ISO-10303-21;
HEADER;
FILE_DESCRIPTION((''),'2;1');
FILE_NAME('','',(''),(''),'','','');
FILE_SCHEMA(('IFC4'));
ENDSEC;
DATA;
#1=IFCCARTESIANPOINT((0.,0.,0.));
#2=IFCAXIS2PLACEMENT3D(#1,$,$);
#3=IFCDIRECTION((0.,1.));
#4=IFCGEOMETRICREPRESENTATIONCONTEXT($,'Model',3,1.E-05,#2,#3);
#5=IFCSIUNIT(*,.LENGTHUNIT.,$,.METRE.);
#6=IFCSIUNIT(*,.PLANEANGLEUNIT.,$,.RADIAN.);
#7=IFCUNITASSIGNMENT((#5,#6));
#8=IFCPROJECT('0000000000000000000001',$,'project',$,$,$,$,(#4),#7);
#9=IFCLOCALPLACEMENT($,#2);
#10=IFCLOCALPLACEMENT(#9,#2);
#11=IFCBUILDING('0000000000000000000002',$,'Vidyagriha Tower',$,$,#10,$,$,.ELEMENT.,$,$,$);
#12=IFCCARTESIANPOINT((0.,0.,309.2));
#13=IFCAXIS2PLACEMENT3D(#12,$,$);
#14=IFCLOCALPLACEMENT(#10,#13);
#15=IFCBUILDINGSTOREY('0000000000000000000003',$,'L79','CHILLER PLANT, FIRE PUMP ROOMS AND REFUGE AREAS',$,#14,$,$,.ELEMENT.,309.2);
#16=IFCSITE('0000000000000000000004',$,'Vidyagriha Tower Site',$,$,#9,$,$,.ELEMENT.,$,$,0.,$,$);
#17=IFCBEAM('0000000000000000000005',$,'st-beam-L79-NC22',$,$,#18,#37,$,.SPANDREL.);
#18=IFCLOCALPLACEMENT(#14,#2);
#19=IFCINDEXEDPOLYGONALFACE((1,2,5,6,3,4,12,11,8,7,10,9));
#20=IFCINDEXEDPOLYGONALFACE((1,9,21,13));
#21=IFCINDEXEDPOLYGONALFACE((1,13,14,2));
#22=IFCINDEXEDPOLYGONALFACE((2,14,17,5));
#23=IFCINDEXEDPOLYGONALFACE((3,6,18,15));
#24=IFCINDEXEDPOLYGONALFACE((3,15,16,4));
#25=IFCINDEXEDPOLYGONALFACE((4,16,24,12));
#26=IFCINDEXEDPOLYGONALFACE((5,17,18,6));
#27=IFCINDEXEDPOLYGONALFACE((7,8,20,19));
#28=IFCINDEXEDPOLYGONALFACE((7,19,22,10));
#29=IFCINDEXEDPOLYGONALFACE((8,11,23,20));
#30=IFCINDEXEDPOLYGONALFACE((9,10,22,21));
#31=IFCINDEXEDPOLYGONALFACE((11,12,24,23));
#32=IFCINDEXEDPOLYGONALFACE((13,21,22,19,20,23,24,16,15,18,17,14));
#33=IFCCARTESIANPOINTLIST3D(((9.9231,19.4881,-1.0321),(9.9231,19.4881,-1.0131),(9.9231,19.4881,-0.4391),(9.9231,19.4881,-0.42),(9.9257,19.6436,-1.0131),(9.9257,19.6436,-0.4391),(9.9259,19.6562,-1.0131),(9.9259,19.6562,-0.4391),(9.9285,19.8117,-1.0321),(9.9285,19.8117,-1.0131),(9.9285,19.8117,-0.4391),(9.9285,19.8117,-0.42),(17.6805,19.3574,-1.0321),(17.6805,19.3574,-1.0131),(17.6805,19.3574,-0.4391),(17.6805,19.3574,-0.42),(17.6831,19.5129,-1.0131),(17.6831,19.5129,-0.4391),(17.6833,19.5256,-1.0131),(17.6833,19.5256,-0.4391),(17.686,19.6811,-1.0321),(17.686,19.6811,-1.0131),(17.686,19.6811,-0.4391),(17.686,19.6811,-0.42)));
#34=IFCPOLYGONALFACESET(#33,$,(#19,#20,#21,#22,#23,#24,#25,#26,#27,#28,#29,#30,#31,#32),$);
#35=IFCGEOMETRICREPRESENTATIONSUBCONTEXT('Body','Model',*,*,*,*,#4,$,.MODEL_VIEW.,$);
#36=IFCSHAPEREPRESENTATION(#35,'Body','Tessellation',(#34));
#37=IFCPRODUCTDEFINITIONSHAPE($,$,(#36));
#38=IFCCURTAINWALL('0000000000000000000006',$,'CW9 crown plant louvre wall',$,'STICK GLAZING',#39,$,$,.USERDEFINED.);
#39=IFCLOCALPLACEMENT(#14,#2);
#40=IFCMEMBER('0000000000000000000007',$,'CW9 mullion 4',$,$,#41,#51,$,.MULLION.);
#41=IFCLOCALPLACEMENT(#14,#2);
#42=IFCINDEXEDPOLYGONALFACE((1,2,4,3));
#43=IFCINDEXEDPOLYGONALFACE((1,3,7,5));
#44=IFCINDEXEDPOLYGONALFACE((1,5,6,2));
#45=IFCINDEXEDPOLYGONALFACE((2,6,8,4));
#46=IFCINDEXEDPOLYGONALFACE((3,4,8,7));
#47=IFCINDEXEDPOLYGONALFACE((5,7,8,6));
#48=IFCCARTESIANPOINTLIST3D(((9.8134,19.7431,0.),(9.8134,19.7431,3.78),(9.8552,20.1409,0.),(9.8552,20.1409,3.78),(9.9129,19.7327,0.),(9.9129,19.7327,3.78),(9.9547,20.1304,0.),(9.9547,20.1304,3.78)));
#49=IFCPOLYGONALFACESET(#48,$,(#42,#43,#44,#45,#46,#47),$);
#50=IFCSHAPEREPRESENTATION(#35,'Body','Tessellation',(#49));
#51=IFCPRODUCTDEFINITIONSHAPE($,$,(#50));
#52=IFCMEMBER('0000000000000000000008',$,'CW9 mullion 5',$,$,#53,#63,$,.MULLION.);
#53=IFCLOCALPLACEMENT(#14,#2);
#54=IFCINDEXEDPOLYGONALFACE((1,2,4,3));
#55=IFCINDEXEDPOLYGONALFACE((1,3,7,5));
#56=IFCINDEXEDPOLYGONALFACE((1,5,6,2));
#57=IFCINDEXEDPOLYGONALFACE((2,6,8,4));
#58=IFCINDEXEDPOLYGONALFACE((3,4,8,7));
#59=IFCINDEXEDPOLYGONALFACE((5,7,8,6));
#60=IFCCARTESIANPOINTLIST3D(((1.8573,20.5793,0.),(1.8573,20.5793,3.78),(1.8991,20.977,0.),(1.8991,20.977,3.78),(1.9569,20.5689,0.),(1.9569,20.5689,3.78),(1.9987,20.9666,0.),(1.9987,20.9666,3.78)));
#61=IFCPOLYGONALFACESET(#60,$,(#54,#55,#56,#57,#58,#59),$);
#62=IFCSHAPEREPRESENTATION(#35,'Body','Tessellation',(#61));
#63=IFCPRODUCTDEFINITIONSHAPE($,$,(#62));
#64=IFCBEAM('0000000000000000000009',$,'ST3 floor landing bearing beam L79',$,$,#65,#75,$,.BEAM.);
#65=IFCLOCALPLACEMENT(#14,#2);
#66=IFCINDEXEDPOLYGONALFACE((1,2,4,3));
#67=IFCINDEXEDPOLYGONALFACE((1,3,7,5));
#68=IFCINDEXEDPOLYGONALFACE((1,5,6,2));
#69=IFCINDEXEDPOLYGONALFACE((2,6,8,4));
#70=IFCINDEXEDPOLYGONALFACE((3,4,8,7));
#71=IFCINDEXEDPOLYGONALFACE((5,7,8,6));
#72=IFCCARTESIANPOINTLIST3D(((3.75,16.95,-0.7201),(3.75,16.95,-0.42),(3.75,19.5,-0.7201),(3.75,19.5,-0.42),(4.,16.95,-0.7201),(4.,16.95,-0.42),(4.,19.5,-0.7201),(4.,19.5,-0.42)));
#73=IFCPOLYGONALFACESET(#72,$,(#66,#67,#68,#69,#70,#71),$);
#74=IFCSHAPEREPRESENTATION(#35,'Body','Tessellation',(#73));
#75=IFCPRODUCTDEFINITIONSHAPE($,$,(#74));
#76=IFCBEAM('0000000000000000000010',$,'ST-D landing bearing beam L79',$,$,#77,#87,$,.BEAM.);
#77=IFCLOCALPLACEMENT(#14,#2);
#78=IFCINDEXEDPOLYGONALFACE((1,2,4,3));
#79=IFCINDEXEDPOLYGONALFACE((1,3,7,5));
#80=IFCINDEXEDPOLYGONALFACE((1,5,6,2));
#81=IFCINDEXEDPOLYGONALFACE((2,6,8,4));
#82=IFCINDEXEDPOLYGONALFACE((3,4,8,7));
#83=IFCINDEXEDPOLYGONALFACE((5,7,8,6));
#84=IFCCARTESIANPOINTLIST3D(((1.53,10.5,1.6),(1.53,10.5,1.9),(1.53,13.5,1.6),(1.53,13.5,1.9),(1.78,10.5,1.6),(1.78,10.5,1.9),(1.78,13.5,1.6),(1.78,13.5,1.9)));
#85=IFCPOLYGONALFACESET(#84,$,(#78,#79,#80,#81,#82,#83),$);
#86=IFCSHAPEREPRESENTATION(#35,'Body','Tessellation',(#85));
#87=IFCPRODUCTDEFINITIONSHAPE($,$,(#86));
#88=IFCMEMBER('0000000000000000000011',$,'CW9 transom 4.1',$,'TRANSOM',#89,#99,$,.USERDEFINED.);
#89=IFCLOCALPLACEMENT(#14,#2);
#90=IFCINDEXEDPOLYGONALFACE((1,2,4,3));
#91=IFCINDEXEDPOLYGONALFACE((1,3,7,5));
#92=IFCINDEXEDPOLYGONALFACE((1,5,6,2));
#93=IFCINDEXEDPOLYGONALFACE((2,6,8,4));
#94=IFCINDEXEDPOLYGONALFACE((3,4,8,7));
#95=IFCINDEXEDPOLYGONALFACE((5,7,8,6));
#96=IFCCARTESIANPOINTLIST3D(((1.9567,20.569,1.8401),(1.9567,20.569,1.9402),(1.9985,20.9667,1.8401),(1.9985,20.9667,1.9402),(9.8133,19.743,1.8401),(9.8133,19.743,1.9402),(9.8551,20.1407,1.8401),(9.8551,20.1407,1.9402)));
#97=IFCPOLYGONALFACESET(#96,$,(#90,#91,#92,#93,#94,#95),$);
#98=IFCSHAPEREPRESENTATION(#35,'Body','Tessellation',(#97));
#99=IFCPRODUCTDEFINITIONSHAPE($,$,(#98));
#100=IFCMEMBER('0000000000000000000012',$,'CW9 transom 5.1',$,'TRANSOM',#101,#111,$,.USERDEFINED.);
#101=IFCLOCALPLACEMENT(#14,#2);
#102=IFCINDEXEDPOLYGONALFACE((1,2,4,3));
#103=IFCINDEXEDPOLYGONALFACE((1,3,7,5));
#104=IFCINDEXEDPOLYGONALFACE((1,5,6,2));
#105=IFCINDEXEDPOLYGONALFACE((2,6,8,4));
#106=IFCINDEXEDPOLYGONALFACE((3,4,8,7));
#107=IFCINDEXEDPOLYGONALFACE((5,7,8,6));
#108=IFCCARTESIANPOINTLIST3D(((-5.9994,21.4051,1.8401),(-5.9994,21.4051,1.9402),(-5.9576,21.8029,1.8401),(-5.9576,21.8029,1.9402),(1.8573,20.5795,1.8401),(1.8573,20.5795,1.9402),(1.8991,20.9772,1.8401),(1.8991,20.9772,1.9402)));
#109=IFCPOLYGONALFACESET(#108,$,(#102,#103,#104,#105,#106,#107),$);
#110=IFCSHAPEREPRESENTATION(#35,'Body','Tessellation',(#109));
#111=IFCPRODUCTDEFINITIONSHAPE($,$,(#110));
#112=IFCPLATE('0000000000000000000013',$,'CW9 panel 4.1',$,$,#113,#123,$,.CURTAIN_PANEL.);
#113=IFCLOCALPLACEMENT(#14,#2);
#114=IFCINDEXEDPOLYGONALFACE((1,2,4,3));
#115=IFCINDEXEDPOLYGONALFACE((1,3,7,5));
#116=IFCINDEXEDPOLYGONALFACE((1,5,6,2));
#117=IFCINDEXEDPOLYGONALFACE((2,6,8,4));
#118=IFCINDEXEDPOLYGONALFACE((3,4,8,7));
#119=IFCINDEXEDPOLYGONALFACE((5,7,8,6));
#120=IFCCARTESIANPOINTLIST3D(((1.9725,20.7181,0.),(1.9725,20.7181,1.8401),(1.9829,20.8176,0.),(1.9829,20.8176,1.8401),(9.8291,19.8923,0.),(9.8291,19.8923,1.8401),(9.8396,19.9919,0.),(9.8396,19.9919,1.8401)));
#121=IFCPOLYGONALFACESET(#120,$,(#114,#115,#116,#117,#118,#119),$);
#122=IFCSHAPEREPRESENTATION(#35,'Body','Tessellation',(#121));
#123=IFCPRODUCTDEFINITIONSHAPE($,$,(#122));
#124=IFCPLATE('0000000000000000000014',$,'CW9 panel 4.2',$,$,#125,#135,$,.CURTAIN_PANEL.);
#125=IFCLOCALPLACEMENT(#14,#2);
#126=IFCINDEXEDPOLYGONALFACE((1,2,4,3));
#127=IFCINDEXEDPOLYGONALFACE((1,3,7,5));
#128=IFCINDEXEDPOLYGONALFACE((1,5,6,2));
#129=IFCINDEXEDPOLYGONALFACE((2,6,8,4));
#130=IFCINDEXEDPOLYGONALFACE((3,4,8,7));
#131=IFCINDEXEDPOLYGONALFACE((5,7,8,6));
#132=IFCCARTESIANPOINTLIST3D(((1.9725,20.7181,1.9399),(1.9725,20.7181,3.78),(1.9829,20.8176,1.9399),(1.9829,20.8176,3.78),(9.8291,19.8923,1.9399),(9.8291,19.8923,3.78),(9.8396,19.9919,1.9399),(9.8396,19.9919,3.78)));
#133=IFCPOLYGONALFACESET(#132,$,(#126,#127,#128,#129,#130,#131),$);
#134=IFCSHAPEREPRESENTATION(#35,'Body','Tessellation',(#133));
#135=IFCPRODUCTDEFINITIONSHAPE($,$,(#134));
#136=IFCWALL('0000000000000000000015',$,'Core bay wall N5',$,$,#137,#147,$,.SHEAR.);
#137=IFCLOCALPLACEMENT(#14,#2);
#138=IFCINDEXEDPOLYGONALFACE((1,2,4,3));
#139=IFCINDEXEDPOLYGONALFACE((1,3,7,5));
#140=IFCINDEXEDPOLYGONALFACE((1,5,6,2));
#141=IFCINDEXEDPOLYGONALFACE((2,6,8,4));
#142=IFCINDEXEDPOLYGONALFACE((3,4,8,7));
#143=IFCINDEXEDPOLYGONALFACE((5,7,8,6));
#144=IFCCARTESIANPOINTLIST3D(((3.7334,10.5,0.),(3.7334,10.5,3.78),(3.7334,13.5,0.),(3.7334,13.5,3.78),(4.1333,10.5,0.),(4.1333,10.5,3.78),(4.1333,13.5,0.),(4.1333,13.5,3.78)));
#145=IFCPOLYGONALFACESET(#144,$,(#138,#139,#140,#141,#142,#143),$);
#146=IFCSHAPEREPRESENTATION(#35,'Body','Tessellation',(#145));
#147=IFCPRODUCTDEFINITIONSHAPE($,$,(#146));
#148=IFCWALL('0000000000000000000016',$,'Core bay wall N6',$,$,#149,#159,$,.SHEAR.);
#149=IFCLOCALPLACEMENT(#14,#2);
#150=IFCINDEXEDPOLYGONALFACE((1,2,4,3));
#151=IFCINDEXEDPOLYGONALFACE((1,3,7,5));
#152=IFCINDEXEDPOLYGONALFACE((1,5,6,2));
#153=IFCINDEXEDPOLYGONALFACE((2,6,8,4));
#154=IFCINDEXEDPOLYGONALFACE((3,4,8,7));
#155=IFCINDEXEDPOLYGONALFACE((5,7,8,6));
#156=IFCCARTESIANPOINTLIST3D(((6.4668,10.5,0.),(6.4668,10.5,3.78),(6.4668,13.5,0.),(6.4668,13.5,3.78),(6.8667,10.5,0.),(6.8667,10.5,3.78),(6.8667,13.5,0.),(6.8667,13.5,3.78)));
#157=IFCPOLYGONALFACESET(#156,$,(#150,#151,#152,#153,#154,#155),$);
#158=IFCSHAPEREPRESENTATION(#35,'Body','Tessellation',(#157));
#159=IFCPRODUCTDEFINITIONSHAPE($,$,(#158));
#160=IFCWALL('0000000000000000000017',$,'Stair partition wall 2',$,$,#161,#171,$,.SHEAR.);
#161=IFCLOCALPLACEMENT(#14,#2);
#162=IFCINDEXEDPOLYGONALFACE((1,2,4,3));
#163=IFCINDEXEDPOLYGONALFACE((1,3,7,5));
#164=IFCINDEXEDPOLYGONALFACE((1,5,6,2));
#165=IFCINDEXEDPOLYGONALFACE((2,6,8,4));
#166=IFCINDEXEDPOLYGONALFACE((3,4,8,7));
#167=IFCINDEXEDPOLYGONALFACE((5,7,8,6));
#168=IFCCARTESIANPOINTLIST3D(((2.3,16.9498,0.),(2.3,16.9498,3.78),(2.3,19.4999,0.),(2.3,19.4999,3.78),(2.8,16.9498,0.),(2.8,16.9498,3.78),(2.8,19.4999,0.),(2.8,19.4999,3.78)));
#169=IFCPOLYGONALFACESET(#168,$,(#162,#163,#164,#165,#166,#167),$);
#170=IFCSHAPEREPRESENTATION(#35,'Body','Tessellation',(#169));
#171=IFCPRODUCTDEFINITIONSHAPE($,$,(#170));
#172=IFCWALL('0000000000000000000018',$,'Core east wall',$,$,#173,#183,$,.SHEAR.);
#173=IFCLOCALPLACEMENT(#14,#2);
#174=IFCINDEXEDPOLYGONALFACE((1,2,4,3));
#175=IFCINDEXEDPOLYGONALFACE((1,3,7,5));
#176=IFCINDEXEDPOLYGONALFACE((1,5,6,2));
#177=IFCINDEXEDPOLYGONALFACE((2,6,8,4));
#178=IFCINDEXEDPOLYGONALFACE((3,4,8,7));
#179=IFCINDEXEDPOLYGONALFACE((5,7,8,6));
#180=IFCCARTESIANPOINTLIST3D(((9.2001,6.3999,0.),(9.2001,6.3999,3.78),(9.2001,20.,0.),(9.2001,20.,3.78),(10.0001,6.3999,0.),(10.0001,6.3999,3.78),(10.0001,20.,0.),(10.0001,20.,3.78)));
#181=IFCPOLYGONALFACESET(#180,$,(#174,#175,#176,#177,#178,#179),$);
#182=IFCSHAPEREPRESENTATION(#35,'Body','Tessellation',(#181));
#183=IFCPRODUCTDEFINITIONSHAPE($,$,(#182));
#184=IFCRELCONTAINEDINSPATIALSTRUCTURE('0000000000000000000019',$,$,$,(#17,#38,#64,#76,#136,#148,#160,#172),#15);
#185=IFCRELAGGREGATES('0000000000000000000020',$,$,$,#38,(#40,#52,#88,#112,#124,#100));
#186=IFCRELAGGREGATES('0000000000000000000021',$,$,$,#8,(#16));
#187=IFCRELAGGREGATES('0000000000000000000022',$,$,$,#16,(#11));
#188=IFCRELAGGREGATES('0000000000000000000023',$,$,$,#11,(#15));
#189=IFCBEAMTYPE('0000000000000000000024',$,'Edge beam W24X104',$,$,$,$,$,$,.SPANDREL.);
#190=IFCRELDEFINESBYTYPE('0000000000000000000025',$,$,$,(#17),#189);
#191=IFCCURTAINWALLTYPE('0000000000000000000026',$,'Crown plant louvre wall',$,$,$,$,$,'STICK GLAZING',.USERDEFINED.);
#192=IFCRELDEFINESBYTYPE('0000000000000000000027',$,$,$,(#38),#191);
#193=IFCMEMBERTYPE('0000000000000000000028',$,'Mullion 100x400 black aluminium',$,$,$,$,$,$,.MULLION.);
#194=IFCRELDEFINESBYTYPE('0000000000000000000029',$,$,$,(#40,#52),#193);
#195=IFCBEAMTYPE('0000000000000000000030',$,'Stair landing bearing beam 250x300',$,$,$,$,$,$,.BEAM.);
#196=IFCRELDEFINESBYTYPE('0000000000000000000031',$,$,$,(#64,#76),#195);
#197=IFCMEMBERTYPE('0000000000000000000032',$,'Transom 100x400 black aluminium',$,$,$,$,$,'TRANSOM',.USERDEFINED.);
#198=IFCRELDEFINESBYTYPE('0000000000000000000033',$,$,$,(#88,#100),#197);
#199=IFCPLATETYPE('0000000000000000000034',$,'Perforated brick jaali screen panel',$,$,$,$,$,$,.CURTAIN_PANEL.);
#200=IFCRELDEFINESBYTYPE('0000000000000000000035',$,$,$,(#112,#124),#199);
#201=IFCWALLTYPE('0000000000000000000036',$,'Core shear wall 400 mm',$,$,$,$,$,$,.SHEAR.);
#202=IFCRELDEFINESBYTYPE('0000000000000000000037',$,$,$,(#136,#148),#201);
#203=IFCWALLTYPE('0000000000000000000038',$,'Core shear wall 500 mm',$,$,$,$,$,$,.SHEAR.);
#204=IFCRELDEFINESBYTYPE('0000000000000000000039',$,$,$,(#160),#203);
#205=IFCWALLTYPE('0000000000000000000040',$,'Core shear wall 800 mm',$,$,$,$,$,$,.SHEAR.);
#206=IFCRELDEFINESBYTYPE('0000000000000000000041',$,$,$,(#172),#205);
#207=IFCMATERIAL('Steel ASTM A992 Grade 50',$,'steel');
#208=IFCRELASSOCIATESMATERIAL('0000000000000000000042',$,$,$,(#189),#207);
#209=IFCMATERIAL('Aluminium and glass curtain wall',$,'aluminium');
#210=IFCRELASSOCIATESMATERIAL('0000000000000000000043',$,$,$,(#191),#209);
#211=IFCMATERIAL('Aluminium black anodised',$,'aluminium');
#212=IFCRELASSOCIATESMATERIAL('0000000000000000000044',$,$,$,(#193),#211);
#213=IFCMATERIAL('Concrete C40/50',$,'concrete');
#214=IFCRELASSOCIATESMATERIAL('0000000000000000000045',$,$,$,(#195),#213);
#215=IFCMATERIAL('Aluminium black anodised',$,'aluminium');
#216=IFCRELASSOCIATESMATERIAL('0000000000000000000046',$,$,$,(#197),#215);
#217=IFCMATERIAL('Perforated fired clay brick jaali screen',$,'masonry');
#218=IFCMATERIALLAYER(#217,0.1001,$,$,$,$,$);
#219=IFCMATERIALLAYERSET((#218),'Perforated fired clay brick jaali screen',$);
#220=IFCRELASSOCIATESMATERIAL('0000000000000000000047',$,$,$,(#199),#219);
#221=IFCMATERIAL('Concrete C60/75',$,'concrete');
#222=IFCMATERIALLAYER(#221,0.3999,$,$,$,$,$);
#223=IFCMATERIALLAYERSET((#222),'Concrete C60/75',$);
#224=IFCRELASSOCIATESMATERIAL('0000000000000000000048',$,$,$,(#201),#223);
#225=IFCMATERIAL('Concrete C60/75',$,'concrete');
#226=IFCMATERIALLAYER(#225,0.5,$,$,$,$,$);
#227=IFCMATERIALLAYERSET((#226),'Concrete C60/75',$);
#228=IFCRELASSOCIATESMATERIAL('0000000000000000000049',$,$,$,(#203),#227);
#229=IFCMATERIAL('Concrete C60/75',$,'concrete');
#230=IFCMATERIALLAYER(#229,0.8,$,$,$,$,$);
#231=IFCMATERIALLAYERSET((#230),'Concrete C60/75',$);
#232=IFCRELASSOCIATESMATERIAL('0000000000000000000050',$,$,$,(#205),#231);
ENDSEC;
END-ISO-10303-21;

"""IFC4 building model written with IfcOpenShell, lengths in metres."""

from ifc_helpers import new_model, si_unit, direction, frame, frame_2d, origin, origin_2d, place, context, subcontext, project, spatial, rectangle, i_section, extrude, material, layer, layer_set, material_profile, profile_set, type_object, element, aggregate, save


model = new_model("IFC4")

# Units and contexts
model_context = context("Model", 3, precision=1e-05, world=origin(), true_north=direction((0.0, 1.0)))
body_context = subcontext(model_context, "Body", "Model", "MODEL_VIEW")
ifc_project = project(units=[si_unit("LENGTHUNIT", "METRE"), si_unit("PLANEANGLEUNIT", "RADIAN")], contexts=[model_context])

# Site, building, storey
site_placement = place(None, origin())
site = spatial("IfcSite", under=ifc_project, at=site_placement, Name="Vidyagriha Tower Site", CompositionType="ELEMENT", RefElevation=0.0)
building_placement = place(site_placement, origin())
building = spatial("IfcBuilding", under=site, at=building_placement, Name="Vidyagriha Tower", CompositionType="ELEMENT")
storey_placement = place(building_placement, frame((0.0, 0.0, 309.2)))
storey = spatial("IfcBuildingStorey", under=building, at=storey_placement, Name="L79", Description="CHILLER PLANT, FIRE PUMP ROOMS AND REFUGE AREAS", CompositionType="ELEMENT", Elevation=309.2)

# Beam
ifc_material_1 = material(Name="Steel ASTM A992 Grade 50", Category="steel")
ifc_material_profile_1 = material_profile(ifc_material_1, i_section(OverallWidth=0.3237, OverallDepth=0.6121, WebThickness=0.0127, FlangeThickness=0.019, at=origin_2d()), Name="W24X104")
ifc_profile_set_1 = profile_set([ifc_material_profile_1], Name="Steel ASTM A992 Grade 50")
beam_type_1 = type_object("IfcBeamType", Name="Edge beam W24X104", PredefinedType="SPANDREL", material=ifc_profile_set_1)
beam_1_placement = place(storey_placement, frame((9.9258, 19.6499, -0.7261), z_axis=(0.999858, -0.016835, 0.0), x_axis=(0.016835, 0.999858, 0.0)))
element("IfcBeam", 1, at=beam_1_placement, inside=storey, type_object=beam_type_1, Name="st-beam-L79-NC22", PredefinedType="SPANDREL", context=body_context, shape_type="SweptSolid", body=[
    extrude(i_section(OverallWidth=0.3237, OverallDepth=0.6121, WebThickness=0.0127, FlangeThickness=0.019, at=origin_2d()), origin(), (0.0, 0.0, 1.0), 7.7585),
])

# Curtain wall, members
ifc_material_2 = material(Name="Aluminium and glass curtain wall", Category="aluminium")
curtain_wall_type = type_object("IfcCurtainWallType", Name="Crown plant louvre wall", ElementType="STICK GLAZING", PredefinedType="USERDEFINED", material=ifc_material_2)
curtain_wall_placement = place(storey_placement, origin())
curtain_wall = element("IfcCurtainWall", 2, at=curtain_wall_placement, inside=storey, type_object=curtain_wall_type, Name="CW9 crown plant louvre wall", ObjectType="STICK GLAZING", PredefinedType="USERDEFINED")
ifc_material_3 = material(Name="Aluminium black anodised", Category="aluminium")
ifc_material_profile_2 = material_profile(ifc_material_3, rectangle(XDim=0.3999, YDim=0.1001, at=origin_2d()), Name="Mullion 100x400 black aluminium")
ifc_profile_set_2 = profile_set([ifc_material_profile_2], Name="Aluminium black anodised")
member_type_1 = type_object("IfcMemberType", Name="Mullion 100x400 black aluminium", PredefinedType="MULLION", material=ifc_profile_set_2)
member_1_placement = place(storey_placement, frame((9.884, 19.9368, 0.0), z_axis=(0.0, 0.0, 1.0), x_axis=(-0.104528, -0.994522, 0.0)))
member_1 = element("IfcMember", 3, at=member_1_placement, type_object=member_type_1, Name="CW9 mullion 4", PredefinedType="MULLION", context=body_context, shape_type="SweptSolid", body=[
    extrude(rectangle(XDim=0.3999, YDim=0.1001, at=origin_2d()), origin(), (0.0, 0.0, 1.0), 3.78),
])
member_2_placement = place(storey_placement, frame((1.928, 20.7729, 0.0), z_axis=(0.0, 0.0, 1.0), x_axis=(-0.104528, -0.994522, 0.0)))
member_2 = element("IfcMember", 4, at=member_2_placement, type_object=member_type_1, Name="CW9 mullion 5", PredefinedType="MULLION", context=body_context, shape_type="SweptSolid", body=[
    extrude(rectangle(XDim=0.3999, YDim=0.1001, at=origin_2d()), origin(), (0.0, 0.0, 1.0), 3.78),
])

# Beams
ifc_material_4 = material(Name="Concrete C40/50", Category="concrete")
ifc_material_profile_3 = material_profile(ifc_material_4, rectangle(XDim=0.25, YDim=0.3, at=origin_2d()), Name="Stair landing bearing beam 250x300")
ifc_profile_set_3 = profile_set([ifc_material_profile_3], Name="Concrete C40/50")
beam_type_2 = type_object("IfcBeamType", Name="Stair landing bearing beam 250x300", PredefinedType="BEAM", material=ifc_profile_set_3)
beam_2_placement = place(storey_placement, frame((3.875, 16.95, -0.5701), z_axis=(0.0, 1.0, 0.0), x_axis=(-1.0, 0.0, 0.0)))
element("IfcBeam", 5, at=beam_2_placement, inside=storey, type_object=beam_type_2, Name="ST3 floor landing bearing beam L79", PredefinedType="BEAM", context=body_context, shape_type="SweptSolid", body=[
    extrude(rectangle(XDim=0.25, YDim=0.3, at=origin_2d()), origin(), (0.0, 0.0, 1.0), 2.55),
])
beam_3_placement = place(storey_placement, frame((1.655, 10.5, 1.75), z_axis=(0.0, 1.0, 0.0), x_axis=(-1.0, 0.0, 0.0)))
element("IfcBeam", 6, at=beam_3_placement, inside=storey, type_object=beam_type_2, Name="ST-D landing bearing beam L79", PredefinedType="BEAM", context=body_context, shape_type="SweptSolid", body=[
    extrude(rectangle(XDim=0.25, YDim=0.3, at=origin_2d()), origin(), (0.0, 0.0, 1.0), 3.0),
])

# Members
ifc_material_5 = material(Name="Aluminium black anodised", Category="aluminium")
ifc_material_profile_4 = material_profile(ifc_material_5, rectangle(XDim=0.3999, YDim=0.1001, at=origin_2d()), Name="Transom 100x400 black aluminium")
ifc_profile_set_4 = profile_set([ifc_material_profile_4], Name="Aluminium black anodised")
member_type_2 = type_object("IfcMemberType", Name="Transom 100x400 black aluminium", ElementType="TRANSOM", PredefinedType="USERDEFINED", material=ifc_profile_set_4)
member_3_placement = place(storey_placement, frame((9.8342, 19.9419, 1.8901), z_axis=(-0.99452, 0.104548, 0.0), x_axis=(-0.104548, -0.99452, 0.0)))
member_3 = element("IfcMember", 7, at=member_3_placement, type_object=member_type_2, Name="CW9 transom 4.1", ObjectType="TRANSOM", PredefinedType="USERDEFINED", context=body_context, shape_type="SweptSolid", body=[
    extrude(rectangle(XDim=0.3999, YDim=0.1001, at=origin_2d()), origin(), (0.0, 0.0, 1.0), 7.8999),
])
member_4_placement = place(storey_placement, frame((1.8782, 20.7783, 1.8901), z_axis=(-0.994523, 0.104517, 0.0), x_axis=(-0.104517, -0.994523, 0.0)))
member_4 = element("IfcMember", 8, at=member_4_placement, type_object=member_type_2, Name="CW9 transom 5.1", ObjectType="TRANSOM", PredefinedType="USERDEFINED", context=body_context, shape_type="SweptSolid", body=[
    extrude(rectangle(XDim=0.3999, YDim=0.1001, at=origin_2d()), origin(), (0.0, 0.0, 1.0), 7.8999),
])

# Plates
ifc_material_6 = material(Name="Perforated fired clay brick jaali screen", Category="masonry")
ifc_layer_1 = layer(ifc_material_6, 0.1001)
ifc_layer_set_1 = layer_set([ifc_layer_1], Name="Perforated fired clay brick jaali screen")
plate_type = type_object("IfcPlateType", Name="Perforated brick jaali screen panel", PredefinedType="CURTAIN_PANEL", material=ifc_layer_set_1)
plate_1_placement = place(storey_placement, frame((5.906, 20.355, 0.0), z_axis=(0.0, 0.0, 1.0), x_axis=(-0.994522, 0.104528, 0.0)))
plate_1 = element("IfcPlate", 9, at=plate_1_placement, type_object=plate_type, Name="CW9 panel 4.1", PredefinedType="CURTAIN_PANEL", context=body_context, shape_type="SweptSolid", body=[
    extrude(rectangle(XDim=7.8999, YDim=0.1001, at=origin_2d()), origin(), (0.0, 0.0, 1.0), 1.8401),
])
plate_2_placement = place(storey_placement, frame((5.906, 20.355, 1.9399), z_axis=(0.0, 0.0, 1.0), x_axis=(-0.994522, 0.104528, 0.0)))
plate_2 = element("IfcPlate", 10, at=plate_2_placement, type_object=plate_type, Name="CW9 panel 4.2", PredefinedType="CURTAIN_PANEL", context=body_context, shape_type="SweptSolid", body=[
    extrude(rectangle(XDim=7.8999, YDim=0.1001, at=origin_2d()), origin(), (0.0, 0.0, 1.0), 1.8401),
])
aggregate(curtain_wall, [member_1, member_2, member_3, plate_1, plate_2, member_4])

# Walls
ifc_material_7 = material(Name="Concrete C60/75", Category="concrete")
ifc_layer_2 = layer(ifc_material_7, 0.3999)
ifc_layer_set_2 = layer_set([ifc_layer_2], Name="Concrete C60/75")
wall_type_1 = type_object("IfcWallType", Name="Core shear wall 400 mm", PredefinedType="SHEAR", material=ifc_layer_set_2)
for number, where, z_axis, x_axis, name in (
    (11, (3.9333, 10.5, 0.0), (0.0, 0.0, 1.0), (0.0, 1.0, 0.0), "Core bay wall N5"),
    (12, (6.6667, 10.5, 0.0), (0.0, 0.0, 1.0), (0.0, 1.0, 0.0), "Core bay wall N6"),
):
    element("IfcWall", number, at=place(storey_placement, frame(where, z_axis=z_axis, x_axis=x_axis)), inside=storey, type_object=wall_type_1, Name=name, PredefinedType="SHEAR", context=body_context, shape_type="SweptSolid", body=[
        extrude(rectangle(XDim=3.0, YDim=0.3999, at=frame_2d((1.5, 0.0))), origin(), (0.0, 0.0, 1.0), 3.78),
    ])
ifc_material_8 = material(Name="Concrete C60/75", Category="concrete")
ifc_layer_3 = layer(ifc_material_8, 0.5)
ifc_layer_set_3 = layer_set([ifc_layer_3], Name="Concrete C60/75")
wall_type_2 = type_object("IfcWallType", Name="Core shear wall 500 mm", PredefinedType="SHEAR", material=ifc_layer_set_3)
wall_1_placement = place(storey_placement, frame((2.55, 16.95, 0.0), z_axis=(0.0, 0.0, 1.0), x_axis=(0.0, 1.0, 0.0)))
element("IfcWall", 13, at=wall_1_placement, inside=storey, type_object=wall_type_2, Name="Stair partition wall 2", PredefinedType="SHEAR", context=body_context, shape_type="SweptSolid", body=[
    extrude(rectangle(XDim=2.55, YDim=0.5, at=frame_2d((1.2749, 0.0))), origin(), (0.0, 0.0, 1.0), 3.78),
])
ifc_material_9 = material(Name="Concrete C60/75", Category="concrete")
ifc_layer_4 = layer(ifc_material_9, 0.8)
ifc_layer_set_4 = layer_set([ifc_layer_4], Name="Concrete C60/75")
wall_type_3 = type_object("IfcWallType", Name="Core shear wall 800 mm", PredefinedType="SHEAR", material=ifc_layer_set_4)
wall_2_placement = place(storey_placement, frame((9.6001, 6.3999, 0.0), z_axis=(0.0, 0.0, 1.0), x_axis=(0.0, 1.0, 0.0)))
element("IfcWall", 14, at=wall_2_placement, inside=storey, type_object=wall_type_3, Name="Core east wall", PredefinedType="SHEAR", context=body_context, shape_type="SweptSolid", body=[
    extrude(rectangle(XDim=13.6001, YDim=0.8, at=frame_2d((6.8, 0.0))), origin(), (0.0, 0.0, 1.0), 3.78),
])

save(model, "model.ifc")
